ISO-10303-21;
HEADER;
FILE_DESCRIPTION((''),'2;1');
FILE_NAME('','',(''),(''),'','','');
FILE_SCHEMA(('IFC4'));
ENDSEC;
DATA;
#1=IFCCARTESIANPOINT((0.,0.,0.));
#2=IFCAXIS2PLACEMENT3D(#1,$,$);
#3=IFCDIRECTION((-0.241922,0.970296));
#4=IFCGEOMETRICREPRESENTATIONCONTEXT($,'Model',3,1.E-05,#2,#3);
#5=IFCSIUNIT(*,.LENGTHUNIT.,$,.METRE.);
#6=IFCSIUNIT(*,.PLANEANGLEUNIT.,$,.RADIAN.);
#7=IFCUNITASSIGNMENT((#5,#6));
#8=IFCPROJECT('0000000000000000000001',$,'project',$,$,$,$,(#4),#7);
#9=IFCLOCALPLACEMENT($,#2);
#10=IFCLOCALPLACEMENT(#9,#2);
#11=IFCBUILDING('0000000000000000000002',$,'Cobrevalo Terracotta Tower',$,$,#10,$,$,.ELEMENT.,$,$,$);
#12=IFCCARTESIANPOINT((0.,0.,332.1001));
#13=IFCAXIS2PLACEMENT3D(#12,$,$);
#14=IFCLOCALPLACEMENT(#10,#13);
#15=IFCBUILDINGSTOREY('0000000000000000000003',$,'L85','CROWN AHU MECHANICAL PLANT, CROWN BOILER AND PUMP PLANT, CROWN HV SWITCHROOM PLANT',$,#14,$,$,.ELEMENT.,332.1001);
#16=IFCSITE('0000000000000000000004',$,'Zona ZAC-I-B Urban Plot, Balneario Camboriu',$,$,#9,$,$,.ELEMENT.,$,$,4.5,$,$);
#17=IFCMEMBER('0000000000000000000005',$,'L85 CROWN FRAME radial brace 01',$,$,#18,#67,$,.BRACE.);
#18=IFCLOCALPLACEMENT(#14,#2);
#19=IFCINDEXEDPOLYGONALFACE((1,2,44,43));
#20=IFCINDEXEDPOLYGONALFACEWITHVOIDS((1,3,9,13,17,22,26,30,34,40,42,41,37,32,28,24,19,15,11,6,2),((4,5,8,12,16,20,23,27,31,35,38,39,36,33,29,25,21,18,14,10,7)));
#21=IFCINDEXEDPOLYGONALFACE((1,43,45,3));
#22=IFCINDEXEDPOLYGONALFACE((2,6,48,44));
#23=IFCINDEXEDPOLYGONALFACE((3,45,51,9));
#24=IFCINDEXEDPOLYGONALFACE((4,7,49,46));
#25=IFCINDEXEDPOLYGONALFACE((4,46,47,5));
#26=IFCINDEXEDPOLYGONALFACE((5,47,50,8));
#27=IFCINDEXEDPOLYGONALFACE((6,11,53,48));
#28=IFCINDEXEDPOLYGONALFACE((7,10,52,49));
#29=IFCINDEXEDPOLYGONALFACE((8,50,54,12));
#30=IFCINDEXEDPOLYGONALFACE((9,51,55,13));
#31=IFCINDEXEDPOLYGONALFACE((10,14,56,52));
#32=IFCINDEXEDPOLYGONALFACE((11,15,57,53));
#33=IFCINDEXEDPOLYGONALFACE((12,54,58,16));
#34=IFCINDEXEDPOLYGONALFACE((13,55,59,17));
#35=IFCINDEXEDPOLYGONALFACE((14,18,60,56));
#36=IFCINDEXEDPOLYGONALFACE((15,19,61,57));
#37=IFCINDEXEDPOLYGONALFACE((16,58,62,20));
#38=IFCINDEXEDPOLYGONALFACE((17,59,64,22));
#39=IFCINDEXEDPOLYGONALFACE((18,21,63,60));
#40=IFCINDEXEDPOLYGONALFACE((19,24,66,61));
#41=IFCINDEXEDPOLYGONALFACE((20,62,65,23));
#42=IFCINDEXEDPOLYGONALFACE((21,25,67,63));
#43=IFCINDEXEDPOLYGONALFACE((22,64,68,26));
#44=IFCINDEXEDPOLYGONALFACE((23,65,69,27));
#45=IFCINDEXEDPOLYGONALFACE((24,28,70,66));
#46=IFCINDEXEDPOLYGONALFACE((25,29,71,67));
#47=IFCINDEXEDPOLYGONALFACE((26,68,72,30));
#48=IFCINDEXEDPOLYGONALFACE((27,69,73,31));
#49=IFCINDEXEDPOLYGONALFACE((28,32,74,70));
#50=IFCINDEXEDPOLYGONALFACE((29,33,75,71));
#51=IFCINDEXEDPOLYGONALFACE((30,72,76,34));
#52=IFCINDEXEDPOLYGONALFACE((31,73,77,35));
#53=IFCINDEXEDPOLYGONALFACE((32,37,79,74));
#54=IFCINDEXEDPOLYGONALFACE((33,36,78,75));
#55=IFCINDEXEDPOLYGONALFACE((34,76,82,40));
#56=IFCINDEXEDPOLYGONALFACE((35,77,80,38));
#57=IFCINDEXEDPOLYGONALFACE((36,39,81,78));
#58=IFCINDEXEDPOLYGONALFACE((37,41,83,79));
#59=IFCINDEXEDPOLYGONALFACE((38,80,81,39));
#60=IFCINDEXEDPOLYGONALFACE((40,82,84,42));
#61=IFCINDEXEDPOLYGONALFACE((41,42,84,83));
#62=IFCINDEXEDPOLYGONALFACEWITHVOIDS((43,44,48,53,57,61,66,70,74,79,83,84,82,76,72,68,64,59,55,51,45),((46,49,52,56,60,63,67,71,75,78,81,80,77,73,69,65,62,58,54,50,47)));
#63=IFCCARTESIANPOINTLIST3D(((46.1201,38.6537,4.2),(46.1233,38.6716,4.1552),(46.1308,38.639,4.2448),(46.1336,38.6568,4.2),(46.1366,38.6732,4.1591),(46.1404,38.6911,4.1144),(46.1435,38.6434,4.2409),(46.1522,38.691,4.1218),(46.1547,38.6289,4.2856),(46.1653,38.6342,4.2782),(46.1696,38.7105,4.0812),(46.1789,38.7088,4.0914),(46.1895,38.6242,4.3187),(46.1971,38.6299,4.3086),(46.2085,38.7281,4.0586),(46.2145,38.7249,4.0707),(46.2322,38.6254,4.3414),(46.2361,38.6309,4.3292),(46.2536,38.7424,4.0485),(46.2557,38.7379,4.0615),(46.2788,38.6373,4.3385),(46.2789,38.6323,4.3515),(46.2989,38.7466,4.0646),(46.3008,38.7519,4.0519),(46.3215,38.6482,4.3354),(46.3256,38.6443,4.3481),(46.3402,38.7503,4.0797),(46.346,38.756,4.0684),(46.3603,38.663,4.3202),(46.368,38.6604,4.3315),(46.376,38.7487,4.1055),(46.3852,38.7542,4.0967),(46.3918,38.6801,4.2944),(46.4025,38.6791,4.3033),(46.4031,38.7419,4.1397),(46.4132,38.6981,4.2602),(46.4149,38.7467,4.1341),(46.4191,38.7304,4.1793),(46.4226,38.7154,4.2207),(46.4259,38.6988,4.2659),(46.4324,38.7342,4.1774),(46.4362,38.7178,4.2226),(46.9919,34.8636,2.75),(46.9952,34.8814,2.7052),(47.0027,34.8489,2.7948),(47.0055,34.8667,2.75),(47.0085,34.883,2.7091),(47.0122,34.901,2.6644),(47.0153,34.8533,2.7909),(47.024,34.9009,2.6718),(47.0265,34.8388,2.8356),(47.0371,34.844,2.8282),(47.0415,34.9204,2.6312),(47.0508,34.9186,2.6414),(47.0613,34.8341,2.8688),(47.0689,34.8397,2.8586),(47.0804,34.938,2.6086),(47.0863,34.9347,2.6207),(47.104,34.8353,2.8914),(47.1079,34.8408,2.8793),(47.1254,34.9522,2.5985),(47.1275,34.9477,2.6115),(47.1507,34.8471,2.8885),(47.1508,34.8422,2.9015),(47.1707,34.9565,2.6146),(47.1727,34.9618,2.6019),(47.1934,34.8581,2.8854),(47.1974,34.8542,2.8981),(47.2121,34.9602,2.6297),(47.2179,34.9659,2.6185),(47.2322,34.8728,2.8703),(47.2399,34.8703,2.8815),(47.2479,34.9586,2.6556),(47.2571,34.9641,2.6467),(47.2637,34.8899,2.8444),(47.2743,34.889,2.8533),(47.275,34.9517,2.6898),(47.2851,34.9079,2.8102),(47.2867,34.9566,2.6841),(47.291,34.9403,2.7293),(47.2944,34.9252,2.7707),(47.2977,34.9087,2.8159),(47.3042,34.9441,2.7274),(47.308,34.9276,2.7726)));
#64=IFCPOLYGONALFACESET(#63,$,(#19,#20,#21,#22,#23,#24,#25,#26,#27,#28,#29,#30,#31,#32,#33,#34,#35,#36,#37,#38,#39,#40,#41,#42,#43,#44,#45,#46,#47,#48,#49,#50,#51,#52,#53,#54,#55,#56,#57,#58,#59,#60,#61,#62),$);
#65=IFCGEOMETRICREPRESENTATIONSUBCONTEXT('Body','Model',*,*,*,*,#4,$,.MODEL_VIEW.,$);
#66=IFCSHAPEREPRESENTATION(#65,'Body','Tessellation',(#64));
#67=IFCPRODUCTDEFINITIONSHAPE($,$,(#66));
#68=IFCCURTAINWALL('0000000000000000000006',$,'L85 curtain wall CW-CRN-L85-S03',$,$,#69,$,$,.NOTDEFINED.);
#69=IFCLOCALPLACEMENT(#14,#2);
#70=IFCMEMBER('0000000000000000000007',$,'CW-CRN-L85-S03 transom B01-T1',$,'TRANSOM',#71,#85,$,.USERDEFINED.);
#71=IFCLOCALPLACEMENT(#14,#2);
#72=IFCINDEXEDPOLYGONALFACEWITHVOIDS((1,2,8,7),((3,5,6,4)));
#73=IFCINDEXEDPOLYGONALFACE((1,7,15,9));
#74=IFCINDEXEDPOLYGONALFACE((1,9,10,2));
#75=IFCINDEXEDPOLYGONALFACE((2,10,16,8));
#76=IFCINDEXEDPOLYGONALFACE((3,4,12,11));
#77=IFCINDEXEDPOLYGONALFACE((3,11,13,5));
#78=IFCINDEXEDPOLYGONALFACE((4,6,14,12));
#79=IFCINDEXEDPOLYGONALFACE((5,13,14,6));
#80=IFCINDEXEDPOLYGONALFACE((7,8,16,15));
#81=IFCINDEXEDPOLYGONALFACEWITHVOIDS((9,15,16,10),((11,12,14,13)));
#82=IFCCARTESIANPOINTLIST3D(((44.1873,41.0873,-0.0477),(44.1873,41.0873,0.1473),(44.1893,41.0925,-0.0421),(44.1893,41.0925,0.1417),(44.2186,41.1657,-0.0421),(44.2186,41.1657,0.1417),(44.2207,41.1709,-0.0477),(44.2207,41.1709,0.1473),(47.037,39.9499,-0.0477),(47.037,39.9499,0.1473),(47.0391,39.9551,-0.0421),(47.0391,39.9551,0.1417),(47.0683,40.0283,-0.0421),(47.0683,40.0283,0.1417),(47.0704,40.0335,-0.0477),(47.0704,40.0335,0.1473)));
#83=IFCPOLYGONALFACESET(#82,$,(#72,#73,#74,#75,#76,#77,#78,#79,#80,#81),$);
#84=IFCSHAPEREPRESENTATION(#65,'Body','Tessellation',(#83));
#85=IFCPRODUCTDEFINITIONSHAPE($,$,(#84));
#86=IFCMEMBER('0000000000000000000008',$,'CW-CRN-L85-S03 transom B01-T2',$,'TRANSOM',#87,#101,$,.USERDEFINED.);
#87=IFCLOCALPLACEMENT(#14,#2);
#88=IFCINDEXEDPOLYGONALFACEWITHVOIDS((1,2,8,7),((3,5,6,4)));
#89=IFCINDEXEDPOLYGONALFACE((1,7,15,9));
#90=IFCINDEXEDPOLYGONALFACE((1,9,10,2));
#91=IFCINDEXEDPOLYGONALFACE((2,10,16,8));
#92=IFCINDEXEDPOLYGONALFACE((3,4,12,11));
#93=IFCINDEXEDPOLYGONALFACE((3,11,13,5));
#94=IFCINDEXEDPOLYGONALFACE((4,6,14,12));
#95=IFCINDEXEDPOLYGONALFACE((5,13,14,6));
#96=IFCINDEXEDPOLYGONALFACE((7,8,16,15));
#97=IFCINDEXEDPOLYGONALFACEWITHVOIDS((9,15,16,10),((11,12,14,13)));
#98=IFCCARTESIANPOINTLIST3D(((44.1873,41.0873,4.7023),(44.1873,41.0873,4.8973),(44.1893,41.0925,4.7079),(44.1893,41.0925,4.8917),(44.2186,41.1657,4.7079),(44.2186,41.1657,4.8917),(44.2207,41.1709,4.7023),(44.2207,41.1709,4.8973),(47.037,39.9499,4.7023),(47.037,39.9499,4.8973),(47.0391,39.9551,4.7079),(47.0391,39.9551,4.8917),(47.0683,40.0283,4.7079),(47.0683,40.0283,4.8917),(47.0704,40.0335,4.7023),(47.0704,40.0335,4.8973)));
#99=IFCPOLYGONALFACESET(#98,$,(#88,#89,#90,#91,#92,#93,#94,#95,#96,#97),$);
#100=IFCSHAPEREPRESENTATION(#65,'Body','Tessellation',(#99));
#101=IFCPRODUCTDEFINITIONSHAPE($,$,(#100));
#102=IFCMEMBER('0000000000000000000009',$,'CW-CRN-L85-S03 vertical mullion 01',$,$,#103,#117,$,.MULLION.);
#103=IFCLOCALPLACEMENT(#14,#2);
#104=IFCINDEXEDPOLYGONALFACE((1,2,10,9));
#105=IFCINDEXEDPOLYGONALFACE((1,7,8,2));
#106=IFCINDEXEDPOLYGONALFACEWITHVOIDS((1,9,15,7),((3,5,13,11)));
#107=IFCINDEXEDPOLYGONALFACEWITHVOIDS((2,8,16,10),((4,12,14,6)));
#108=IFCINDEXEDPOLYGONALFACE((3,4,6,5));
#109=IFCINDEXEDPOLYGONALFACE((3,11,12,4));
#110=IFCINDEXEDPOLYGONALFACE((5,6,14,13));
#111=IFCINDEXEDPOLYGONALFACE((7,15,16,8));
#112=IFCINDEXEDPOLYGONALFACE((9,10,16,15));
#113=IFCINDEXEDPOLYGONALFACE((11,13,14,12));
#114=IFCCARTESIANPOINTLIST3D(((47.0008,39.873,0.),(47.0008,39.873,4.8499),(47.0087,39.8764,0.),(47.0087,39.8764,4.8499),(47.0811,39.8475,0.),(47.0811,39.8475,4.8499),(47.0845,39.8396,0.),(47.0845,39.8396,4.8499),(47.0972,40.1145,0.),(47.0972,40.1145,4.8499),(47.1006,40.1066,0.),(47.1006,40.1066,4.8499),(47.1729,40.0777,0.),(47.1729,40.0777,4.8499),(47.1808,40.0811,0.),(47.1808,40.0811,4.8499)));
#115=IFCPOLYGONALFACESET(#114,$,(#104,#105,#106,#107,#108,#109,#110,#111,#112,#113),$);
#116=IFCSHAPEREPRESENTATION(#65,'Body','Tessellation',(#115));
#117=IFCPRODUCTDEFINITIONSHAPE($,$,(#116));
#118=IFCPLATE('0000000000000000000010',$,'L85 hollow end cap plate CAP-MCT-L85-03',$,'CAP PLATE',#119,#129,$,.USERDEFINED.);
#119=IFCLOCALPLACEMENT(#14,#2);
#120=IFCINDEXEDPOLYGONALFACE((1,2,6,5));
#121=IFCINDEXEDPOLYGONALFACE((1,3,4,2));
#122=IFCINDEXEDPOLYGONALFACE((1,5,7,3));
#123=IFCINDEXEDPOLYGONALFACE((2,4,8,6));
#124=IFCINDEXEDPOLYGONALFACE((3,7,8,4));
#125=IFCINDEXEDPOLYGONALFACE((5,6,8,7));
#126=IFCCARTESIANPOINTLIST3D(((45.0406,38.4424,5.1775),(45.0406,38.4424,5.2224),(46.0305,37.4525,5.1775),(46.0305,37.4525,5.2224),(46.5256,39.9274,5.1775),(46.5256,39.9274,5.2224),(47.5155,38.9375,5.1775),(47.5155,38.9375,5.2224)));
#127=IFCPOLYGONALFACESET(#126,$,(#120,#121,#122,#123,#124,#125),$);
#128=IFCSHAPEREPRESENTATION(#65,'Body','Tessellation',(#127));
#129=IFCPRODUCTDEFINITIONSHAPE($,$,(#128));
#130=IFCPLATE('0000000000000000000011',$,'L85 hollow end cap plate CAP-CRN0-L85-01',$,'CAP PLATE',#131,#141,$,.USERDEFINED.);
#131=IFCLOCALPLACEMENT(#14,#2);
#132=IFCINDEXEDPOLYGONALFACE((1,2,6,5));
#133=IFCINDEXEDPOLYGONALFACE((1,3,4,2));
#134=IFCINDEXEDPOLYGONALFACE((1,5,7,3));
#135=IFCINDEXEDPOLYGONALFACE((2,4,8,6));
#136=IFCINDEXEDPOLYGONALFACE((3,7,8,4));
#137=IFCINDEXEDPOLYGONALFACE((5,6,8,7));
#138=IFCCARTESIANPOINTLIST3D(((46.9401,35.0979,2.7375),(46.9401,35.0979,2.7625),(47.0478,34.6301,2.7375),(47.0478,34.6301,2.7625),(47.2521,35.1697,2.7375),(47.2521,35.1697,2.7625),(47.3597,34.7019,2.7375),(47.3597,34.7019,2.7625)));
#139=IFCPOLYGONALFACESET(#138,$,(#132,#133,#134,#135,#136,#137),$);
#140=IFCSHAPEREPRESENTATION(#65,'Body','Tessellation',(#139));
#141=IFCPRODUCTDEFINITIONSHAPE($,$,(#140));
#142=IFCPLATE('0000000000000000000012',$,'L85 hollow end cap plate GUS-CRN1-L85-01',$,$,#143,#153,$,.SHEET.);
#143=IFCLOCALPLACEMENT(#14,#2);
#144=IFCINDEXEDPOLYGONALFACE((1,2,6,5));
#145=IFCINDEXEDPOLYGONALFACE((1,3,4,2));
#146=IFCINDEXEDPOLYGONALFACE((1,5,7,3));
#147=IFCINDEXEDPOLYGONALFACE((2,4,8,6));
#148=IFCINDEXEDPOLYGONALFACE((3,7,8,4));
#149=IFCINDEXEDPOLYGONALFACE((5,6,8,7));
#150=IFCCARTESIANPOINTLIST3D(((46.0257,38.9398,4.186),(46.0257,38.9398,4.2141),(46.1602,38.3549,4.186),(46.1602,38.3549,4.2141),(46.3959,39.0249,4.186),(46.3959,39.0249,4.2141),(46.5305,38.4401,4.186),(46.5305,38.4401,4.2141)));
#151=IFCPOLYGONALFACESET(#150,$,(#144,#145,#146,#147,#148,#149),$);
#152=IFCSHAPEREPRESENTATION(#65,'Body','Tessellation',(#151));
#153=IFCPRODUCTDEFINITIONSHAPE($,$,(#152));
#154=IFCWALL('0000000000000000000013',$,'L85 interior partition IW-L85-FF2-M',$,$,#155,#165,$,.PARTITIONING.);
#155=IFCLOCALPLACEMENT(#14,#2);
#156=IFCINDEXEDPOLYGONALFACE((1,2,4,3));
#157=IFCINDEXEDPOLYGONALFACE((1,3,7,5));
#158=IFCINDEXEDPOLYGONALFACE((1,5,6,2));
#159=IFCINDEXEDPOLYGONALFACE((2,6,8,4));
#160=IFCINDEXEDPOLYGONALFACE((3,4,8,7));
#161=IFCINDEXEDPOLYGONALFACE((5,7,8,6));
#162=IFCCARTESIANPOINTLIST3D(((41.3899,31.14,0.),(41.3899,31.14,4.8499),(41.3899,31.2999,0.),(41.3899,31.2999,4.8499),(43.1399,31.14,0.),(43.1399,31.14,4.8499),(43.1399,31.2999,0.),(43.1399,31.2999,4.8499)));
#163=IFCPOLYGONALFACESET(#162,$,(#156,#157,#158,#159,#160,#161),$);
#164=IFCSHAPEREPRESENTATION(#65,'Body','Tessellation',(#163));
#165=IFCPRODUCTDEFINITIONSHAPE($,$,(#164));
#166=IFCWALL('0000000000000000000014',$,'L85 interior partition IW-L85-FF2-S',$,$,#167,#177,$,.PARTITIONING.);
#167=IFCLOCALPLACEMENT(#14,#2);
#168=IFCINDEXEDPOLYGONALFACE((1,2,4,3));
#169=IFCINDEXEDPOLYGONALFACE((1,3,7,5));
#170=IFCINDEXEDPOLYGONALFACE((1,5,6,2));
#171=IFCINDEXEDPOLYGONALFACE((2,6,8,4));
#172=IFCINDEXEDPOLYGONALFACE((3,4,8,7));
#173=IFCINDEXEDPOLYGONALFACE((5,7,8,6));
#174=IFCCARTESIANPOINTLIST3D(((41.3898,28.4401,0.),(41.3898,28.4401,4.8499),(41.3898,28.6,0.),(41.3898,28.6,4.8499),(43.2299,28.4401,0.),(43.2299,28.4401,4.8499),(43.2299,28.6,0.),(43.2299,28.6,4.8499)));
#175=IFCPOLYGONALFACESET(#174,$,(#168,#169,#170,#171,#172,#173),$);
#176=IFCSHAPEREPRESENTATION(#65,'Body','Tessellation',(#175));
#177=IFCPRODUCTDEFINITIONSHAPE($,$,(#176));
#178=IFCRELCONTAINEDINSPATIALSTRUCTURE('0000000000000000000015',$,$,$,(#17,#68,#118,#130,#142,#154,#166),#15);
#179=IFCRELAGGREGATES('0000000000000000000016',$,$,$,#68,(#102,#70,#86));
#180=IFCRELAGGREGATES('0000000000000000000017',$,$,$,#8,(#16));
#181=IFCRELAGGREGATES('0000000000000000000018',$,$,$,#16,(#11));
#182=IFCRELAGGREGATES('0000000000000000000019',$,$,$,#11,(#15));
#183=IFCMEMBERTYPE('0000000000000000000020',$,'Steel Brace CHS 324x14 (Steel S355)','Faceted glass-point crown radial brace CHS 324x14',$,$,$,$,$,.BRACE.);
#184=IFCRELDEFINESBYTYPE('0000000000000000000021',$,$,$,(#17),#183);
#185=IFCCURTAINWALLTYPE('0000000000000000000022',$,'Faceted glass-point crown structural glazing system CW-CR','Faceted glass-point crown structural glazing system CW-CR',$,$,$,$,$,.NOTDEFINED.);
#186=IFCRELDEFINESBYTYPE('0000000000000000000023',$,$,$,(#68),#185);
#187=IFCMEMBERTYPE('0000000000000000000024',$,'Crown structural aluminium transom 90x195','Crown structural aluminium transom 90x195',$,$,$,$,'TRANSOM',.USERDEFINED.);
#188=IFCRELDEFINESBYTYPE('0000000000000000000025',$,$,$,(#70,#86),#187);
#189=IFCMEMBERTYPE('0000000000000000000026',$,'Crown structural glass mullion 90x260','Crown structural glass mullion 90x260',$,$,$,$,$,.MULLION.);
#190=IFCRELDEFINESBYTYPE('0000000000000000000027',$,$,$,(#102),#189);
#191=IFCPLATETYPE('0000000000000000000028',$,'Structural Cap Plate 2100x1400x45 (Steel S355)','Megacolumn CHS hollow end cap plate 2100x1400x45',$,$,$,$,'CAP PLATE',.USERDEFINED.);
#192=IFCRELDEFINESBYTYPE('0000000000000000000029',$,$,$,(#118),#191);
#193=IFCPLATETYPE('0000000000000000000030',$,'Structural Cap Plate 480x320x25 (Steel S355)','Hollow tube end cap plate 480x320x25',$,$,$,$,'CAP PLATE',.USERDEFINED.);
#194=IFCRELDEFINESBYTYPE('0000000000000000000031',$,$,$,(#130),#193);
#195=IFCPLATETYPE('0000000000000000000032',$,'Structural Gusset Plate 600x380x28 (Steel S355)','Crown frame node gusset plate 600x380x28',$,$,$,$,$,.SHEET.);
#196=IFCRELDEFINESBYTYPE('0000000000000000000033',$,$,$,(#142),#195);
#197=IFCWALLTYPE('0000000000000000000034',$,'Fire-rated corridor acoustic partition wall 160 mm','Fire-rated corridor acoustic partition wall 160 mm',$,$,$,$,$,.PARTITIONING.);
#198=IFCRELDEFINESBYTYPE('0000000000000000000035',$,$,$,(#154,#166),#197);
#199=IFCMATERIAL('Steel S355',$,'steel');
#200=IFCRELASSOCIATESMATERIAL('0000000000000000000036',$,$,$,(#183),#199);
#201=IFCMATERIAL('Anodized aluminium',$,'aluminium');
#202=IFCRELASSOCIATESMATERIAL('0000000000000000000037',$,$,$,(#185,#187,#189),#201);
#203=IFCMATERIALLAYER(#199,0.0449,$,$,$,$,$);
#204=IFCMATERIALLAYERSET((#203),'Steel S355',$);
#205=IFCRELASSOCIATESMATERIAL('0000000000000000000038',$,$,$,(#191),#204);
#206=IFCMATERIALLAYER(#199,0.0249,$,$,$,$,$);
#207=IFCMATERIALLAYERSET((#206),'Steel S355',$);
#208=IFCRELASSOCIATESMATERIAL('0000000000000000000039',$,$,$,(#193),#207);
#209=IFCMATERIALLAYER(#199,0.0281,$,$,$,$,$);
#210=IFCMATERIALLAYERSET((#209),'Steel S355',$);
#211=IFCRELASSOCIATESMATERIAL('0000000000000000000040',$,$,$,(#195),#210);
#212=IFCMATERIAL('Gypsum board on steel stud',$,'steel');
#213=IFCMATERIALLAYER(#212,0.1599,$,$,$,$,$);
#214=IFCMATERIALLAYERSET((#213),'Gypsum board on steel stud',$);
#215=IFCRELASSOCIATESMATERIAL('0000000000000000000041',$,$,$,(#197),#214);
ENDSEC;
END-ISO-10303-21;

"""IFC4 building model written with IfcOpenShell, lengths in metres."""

from ifc_helpers import new_model, si_unit, direction, frame, frame_2d, origin, origin_2d, place, context, subcontext, project, spatial, rectangle, hollow_rectangle, hollow_circle, extrude, source, transform, mapped, material, layer, layer_set, material_profile, profile_set, type_object, element, aggregate, save


model = new_model("IFC4")

# Units and contexts
model_context = context("Model", 3, precision=1e-05, world=origin(), true_north=direction((-0.241922, 0.970296)))
body_context = subcontext(model_context, "Body", "Model", "MODEL_VIEW")
ifc_project = project(units=[si_unit("LENGTHUNIT", "METRE"), si_unit("PLANEANGLEUNIT", "RADIAN")], contexts=[model_context])

# Site, building, storey
site_placement = place(None, origin())
site = spatial("IfcSite", under=ifc_project, at=site_placement, Name="Zona ZAC-I-B Urban Plot, Balneario Camboriu", CompositionType="ELEMENT", RefElevation=4.5)
building_placement = place(site_placement, origin())
building = spatial("IfcBuilding", under=site, at=building_placement, Name="Cobrevalo Terracotta Tower", CompositionType="ELEMENT")
storey_placement = place(building_placement, frame((0.0, 0.0, 332.1001)))
storey = spatial("IfcBuildingStorey", under=building, at=storey_placement, Name="L85", Description="CROWN AHU MECHANICAL PLANT, CROWN BOILER AND PUMP PLANT, CROWN HV SWITCHROOM PLANT", CompositionType="ELEMENT", Elevation=332.1001)

# Shared definitions
ifc_material_1 = material(Name="Steel S355", Category="steel")

# Member
ifc_material_profile_1 = material_profile(ifc_material_1, hollow_circle(Radius=0.1621, WallThickness=0.0139, at=origin_2d()), Name="CHS 324x14")
ifc_profile_set_1 = profile_set([ifc_material_profile_1], Name="Steel S355")
member_type_1 = type_object("IfcMemberType", Name="Steel Brace CHS 324x14 (Steel S355)", Description="Faceted glass-point crown radial brace CHS 324x14", PredefinedType="BRACE", material=ifc_profile_set_1)
shared_shape_1 = source(origin(), body_context, "Body", "SweptSolid", [
    extrude(hollow_circle(Radius=0.1621, WallThickness=0.0139, at=origin_2d()), origin(), (0.0, 0.0, 1.0), 4.1506),
])
member_1_placement = place(storey_placement, frame((47.1499, 34.8999, 2.75), z_axis=(-0.210052, 0.913147, 0.349342), x_axis=(-0.974549, -0.224176, 0.0)))
element("IfcMember", 1, at=member_1_placement, inside=storey, type_object=member_type_1, Name="L85 CROWN FRAME radial brace 01", PredefinedType="BRACE", context=body_context, shape_type="MappedRepresentation", body=[
    mapped(shared_shape_1, transform((0.0, 0.0, 0.0), scale=1.0)),
])

# Curtain wall, members
ifc_material_2 = material(Name="Anodized aluminium", Category="aluminium")
curtain_wall_type = type_object("IfcCurtainWallType", Name="Faceted glass-point crown structural glazing system CW-CR", Description="Faceted glass-point crown structural glazing system CW-CR", PredefinedType="NOTDEFINED", material=ifc_material_2)
curtain_wall_placement = place(storey_placement, origin())
curtain_wall = element("IfcCurtainWall", 2, at=curtain_wall_placement, inside=storey, type_object=curtain_wall_type, Name="L85 curtain wall CW-CRN-L85-S03", PredefinedType="NOTDEFINED")
ifc_material_profile_2 = material_profile(ifc_material_2, hollow_rectangle(XDim=0.0901, YDim=0.1951, WallThickness=0.0056, at=origin_2d()), Name="CWT 90x195")
ifc_profile_set_2 = profile_set([ifc_material_profile_2], Name="Anodized aluminium")
member_type_2 = type_object("IfcMemberType", Name="Crown structural aluminium transom 90x195", Description="Crown structural aluminium transom 90x195", ElementType="TRANSOM", PredefinedType="USERDEFINED", material=ifc_profile_set_2)
shared_shape_2 = source(origin(), body_context, "Body", "SweptSolid", [
    extrude(hollow_rectangle(XDim=0.0901, YDim=0.1951, WallThickness=0.0056, at=origin_2d()), origin(), (0.0, 0.0, 1.0), 3.0684),
])
member_2_placement = place(storey_placement, frame((47.0537, 39.9917, 0.0498), z_axis=(-0.928756, 0.370691, 0.0), x_axis=(-0.370691, -0.928756, 0.0)))
member_2 = element("IfcMember", 3, at=member_2_placement, type_object=member_type_2, Name="CW-CRN-L85-S03 transom B01-T1", ObjectType="TRANSOM", PredefinedType="USERDEFINED", context=body_context, shape_type="MappedRepresentation", body=[
    mapped(shared_shape_2, transform((0.0, 0.0, 0.0), scale=1.0)),
])
member_3_placement = place(storey_placement, frame((47.0537, 39.9917, 4.7998), z_axis=(-0.928756, 0.370691, 0.0), x_axis=(-0.370691, -0.928756, 0.0)))
member_3 = element("IfcMember", 4, at=member_3_placement, type_object=member_type_2, Name="CW-CRN-L85-S03 transom B01-T2", ObjectType="TRANSOM", PredefinedType="USERDEFINED", context=body_context, shape_type="MappedRepresentation", body=[
    mapped(shared_shape_2, transform((0.0, 0.0, 0.0), scale=1.0)),
])
ifc_material_profile_3 = material_profile(ifc_material_2, hollow_rectangle(XDim=0.0901, YDim=0.26, WallThickness=0.0061, at=origin_2d()), Name="CWM 90x260")
ifc_profile_set_3 = profile_set([ifc_material_profile_3], Name="Anodized aluminium")
member_type_3 = type_object("IfcMemberType", Name="Crown structural glass mullion 90x260", Description="Crown structural glass mullion 90x260", PredefinedType="MULLION", material=ifc_profile_set_3)
shared_shape_3 = source(origin(), body_context, "Body", "SweptSolid", [
    extrude(hollow_rectangle(XDim=0.0901, YDim=0.26, WallThickness=0.0061, at=origin_2d()), origin(), (0.0, 0.0, 1.0), 4.8499),
])
member_4_placement = place(storey_placement, frame((47.0908, 39.9771, 0.0), z_axis=(0.0, 0.0, 1.0), x_axis=(-0.928771, 0.370655, 0.0)))
member_4 = element("IfcMember", 5, at=member_4_placement, type_object=member_type_3, Name="CW-CRN-L85-S03 vertical mullion 01", PredefinedType="MULLION", context=body_context, shape_type="MappedRepresentation", body=[
    mapped(shared_shape_3, transform((0.0, 0.0, 0.0), scale=1.0)),
])
aggregate(curtain_wall, [member_4, member_2, member_3])

# Plates
ifc_layer_1 = layer(ifc_material_1, 0.0449)
ifc_layer_set_1 = layer_set([ifc_layer_1], Name="Steel S355")
plate_type_1 = type_object("IfcPlateType", Name="Structural Cap Plate 2100x1400x45 (Steel S355)", Description="Megacolumn CHS hollow end cap plate 2100x1400x45", ElementType="CAP PLATE", PredefinedType="USERDEFINED", material=ifc_layer_set_1)
shared_shape_4 = source(origin(), body_context, "Body", "SweptSolid", [
    extrude(rectangle(XDim=2.1001, YDim=1.3999, at=origin_2d()), origin(), (0.0, 0.0, 1.0), 0.0449),
])
plate_1_placement = place(storey_placement, frame((46.2781, 38.6899, 5.1775), z_axis=(0.0, 0.0, 1.0), x_axis=(0.707107, 0.707107, 0.0)))
element("IfcPlate", 6, at=plate_1_placement, inside=storey, type_object=plate_type_1, Name="L85 hollow end cap plate CAP-MCT-L85-03", ObjectType="CAP PLATE", PredefinedType="USERDEFINED", context=body_context, shape_type="MappedRepresentation", body=[
    mapped(shared_shape_4, transform((0.0, 0.0, 0.0), scale=1.0)),
])
ifc_layer_2 = layer(ifc_material_1, 0.0249)
ifc_layer_set_2 = layer_set([ifc_layer_2], Name="Steel S355")
plate_type_2 = type_object("IfcPlateType", Name="Structural Cap Plate 480x320x25 (Steel S355)", Description="Hollow tube end cap plate 480x320x25", ElementType="CAP PLATE", PredefinedType="USERDEFINED", material=ifc_layer_set_2)
shared_shape_5 = source(origin(), body_context, "Body", "SweptSolid", [
    extrude(rectangle(XDim=0.48, YDim=0.3201, at=origin_2d()), origin(), (0.0, 0.0, 1.0), 0.0249),
])
plate_2_placement = place(storey_placement, frame((47.1499, 34.8999, 2.7375), z_axis=(0.0, 0.0, 1.0), x_axis=(-0.224221, 0.974538, 0.0)))
element("IfcPlate", 7, at=plate_2_placement, inside=storey, type_object=plate_type_2, Name="L85 hollow end cap plate CAP-CRN0-L85-01", ObjectType="CAP PLATE", PredefinedType="USERDEFINED", context=body_context, shape_type="MappedRepresentation", body=[
    mapped(shared_shape_5, transform((0.0, 0.0, 0.0), scale=1.0)),
])
ifc_layer_3 = layer(ifc_material_1, 0.0281)
ifc_layer_set_3 = layer_set([ifc_layer_3], Name="Steel S355")
plate_type_3 = type_object("IfcPlateType", Name="Structural Gusset Plate 600x380x28 (Steel S355)", Description="Crown frame node gusset plate 600x380x28", PredefinedType="SHEET", material=ifc_layer_set_3)
shared_shape_6 = source(origin(), body_context, "Body", "SweptSolid", [
    extrude(rectangle(XDim=0.6001, YDim=0.3799, at=origin_2d()), origin(), (0.0, 0.0, 1.0), 0.0281),
])
plate_3_placement = place(storey_placement, frame((46.2781, 38.6899, 4.186), z_axis=(0.0, 0.0, 1.0), x_axis=(-0.224221, 0.974538, 0.0)))
element("IfcPlate", 8, at=plate_3_placement, inside=storey, type_object=plate_type_3, Name="L85 hollow end cap plate GUS-CRN1-L85-01", PredefinedType="SHEET", context=body_context, shape_type="MappedRepresentation", body=[
    mapped(shared_shape_6, transform((0.0, 0.0, 0.0), scale=1.0)),
])

# Walls
ifc_material_3 = material(Name="Gypsum board on steel stud", Category="steel")
ifc_layer_4 = layer(ifc_material_3, 0.1599)
ifc_layer_set_4 = layer_set([ifc_layer_4], Name="Gypsum board on steel stud")
wall_type_1 = type_object("IfcWallType", Name="Fire-rated corridor acoustic partition wall 160 mm", Description="Fire-rated corridor acoustic partition wall 160 mm", PredefinedType="PARTITIONING", material=ifc_layer_set_4)
wall_1_placement = place(storey_placement, frame((41.3899, 31.22, 0.0), z_axis=(0.0, 0.0, 1.0), x_axis=(1.0, 0.0, 0.0)))
element("IfcWall", 9, at=wall_1_placement, inside=storey, type_object=wall_type_1, Name="L85 interior partition IW-L85-FF2-M", PredefinedType="PARTITIONING", context=body_context, shape_type="SweptSolid", body=[
    extrude(rectangle(XDim=1.75, YDim=0.1599, at=frame_2d((0.875, 0.0))), origin(), (0.0, 0.0, 1.0), 4.8499),
])
wall_2_placement = place(storey_placement, frame((41.3899, 28.52, 0.0), z_axis=(0.0, 0.0, 1.0), x_axis=(1.0, 0.0, 0.0)))
element("IfcWall", 10, at=wall_2_placement, inside=storey, type_object=wall_type_1, Name="L85 interior partition IW-L85-FF2-S", PredefinedType="PARTITIONING", context=body_context, shape_type="SweptSolid", body=[
    extrude(rectangle(XDim=1.8401, YDim=0.1599, at=frame_2d((0.9199, 0.0))), origin(), (0.0, 0.0, 1.0), 4.8499),
])

save(model, "model.ifc")
